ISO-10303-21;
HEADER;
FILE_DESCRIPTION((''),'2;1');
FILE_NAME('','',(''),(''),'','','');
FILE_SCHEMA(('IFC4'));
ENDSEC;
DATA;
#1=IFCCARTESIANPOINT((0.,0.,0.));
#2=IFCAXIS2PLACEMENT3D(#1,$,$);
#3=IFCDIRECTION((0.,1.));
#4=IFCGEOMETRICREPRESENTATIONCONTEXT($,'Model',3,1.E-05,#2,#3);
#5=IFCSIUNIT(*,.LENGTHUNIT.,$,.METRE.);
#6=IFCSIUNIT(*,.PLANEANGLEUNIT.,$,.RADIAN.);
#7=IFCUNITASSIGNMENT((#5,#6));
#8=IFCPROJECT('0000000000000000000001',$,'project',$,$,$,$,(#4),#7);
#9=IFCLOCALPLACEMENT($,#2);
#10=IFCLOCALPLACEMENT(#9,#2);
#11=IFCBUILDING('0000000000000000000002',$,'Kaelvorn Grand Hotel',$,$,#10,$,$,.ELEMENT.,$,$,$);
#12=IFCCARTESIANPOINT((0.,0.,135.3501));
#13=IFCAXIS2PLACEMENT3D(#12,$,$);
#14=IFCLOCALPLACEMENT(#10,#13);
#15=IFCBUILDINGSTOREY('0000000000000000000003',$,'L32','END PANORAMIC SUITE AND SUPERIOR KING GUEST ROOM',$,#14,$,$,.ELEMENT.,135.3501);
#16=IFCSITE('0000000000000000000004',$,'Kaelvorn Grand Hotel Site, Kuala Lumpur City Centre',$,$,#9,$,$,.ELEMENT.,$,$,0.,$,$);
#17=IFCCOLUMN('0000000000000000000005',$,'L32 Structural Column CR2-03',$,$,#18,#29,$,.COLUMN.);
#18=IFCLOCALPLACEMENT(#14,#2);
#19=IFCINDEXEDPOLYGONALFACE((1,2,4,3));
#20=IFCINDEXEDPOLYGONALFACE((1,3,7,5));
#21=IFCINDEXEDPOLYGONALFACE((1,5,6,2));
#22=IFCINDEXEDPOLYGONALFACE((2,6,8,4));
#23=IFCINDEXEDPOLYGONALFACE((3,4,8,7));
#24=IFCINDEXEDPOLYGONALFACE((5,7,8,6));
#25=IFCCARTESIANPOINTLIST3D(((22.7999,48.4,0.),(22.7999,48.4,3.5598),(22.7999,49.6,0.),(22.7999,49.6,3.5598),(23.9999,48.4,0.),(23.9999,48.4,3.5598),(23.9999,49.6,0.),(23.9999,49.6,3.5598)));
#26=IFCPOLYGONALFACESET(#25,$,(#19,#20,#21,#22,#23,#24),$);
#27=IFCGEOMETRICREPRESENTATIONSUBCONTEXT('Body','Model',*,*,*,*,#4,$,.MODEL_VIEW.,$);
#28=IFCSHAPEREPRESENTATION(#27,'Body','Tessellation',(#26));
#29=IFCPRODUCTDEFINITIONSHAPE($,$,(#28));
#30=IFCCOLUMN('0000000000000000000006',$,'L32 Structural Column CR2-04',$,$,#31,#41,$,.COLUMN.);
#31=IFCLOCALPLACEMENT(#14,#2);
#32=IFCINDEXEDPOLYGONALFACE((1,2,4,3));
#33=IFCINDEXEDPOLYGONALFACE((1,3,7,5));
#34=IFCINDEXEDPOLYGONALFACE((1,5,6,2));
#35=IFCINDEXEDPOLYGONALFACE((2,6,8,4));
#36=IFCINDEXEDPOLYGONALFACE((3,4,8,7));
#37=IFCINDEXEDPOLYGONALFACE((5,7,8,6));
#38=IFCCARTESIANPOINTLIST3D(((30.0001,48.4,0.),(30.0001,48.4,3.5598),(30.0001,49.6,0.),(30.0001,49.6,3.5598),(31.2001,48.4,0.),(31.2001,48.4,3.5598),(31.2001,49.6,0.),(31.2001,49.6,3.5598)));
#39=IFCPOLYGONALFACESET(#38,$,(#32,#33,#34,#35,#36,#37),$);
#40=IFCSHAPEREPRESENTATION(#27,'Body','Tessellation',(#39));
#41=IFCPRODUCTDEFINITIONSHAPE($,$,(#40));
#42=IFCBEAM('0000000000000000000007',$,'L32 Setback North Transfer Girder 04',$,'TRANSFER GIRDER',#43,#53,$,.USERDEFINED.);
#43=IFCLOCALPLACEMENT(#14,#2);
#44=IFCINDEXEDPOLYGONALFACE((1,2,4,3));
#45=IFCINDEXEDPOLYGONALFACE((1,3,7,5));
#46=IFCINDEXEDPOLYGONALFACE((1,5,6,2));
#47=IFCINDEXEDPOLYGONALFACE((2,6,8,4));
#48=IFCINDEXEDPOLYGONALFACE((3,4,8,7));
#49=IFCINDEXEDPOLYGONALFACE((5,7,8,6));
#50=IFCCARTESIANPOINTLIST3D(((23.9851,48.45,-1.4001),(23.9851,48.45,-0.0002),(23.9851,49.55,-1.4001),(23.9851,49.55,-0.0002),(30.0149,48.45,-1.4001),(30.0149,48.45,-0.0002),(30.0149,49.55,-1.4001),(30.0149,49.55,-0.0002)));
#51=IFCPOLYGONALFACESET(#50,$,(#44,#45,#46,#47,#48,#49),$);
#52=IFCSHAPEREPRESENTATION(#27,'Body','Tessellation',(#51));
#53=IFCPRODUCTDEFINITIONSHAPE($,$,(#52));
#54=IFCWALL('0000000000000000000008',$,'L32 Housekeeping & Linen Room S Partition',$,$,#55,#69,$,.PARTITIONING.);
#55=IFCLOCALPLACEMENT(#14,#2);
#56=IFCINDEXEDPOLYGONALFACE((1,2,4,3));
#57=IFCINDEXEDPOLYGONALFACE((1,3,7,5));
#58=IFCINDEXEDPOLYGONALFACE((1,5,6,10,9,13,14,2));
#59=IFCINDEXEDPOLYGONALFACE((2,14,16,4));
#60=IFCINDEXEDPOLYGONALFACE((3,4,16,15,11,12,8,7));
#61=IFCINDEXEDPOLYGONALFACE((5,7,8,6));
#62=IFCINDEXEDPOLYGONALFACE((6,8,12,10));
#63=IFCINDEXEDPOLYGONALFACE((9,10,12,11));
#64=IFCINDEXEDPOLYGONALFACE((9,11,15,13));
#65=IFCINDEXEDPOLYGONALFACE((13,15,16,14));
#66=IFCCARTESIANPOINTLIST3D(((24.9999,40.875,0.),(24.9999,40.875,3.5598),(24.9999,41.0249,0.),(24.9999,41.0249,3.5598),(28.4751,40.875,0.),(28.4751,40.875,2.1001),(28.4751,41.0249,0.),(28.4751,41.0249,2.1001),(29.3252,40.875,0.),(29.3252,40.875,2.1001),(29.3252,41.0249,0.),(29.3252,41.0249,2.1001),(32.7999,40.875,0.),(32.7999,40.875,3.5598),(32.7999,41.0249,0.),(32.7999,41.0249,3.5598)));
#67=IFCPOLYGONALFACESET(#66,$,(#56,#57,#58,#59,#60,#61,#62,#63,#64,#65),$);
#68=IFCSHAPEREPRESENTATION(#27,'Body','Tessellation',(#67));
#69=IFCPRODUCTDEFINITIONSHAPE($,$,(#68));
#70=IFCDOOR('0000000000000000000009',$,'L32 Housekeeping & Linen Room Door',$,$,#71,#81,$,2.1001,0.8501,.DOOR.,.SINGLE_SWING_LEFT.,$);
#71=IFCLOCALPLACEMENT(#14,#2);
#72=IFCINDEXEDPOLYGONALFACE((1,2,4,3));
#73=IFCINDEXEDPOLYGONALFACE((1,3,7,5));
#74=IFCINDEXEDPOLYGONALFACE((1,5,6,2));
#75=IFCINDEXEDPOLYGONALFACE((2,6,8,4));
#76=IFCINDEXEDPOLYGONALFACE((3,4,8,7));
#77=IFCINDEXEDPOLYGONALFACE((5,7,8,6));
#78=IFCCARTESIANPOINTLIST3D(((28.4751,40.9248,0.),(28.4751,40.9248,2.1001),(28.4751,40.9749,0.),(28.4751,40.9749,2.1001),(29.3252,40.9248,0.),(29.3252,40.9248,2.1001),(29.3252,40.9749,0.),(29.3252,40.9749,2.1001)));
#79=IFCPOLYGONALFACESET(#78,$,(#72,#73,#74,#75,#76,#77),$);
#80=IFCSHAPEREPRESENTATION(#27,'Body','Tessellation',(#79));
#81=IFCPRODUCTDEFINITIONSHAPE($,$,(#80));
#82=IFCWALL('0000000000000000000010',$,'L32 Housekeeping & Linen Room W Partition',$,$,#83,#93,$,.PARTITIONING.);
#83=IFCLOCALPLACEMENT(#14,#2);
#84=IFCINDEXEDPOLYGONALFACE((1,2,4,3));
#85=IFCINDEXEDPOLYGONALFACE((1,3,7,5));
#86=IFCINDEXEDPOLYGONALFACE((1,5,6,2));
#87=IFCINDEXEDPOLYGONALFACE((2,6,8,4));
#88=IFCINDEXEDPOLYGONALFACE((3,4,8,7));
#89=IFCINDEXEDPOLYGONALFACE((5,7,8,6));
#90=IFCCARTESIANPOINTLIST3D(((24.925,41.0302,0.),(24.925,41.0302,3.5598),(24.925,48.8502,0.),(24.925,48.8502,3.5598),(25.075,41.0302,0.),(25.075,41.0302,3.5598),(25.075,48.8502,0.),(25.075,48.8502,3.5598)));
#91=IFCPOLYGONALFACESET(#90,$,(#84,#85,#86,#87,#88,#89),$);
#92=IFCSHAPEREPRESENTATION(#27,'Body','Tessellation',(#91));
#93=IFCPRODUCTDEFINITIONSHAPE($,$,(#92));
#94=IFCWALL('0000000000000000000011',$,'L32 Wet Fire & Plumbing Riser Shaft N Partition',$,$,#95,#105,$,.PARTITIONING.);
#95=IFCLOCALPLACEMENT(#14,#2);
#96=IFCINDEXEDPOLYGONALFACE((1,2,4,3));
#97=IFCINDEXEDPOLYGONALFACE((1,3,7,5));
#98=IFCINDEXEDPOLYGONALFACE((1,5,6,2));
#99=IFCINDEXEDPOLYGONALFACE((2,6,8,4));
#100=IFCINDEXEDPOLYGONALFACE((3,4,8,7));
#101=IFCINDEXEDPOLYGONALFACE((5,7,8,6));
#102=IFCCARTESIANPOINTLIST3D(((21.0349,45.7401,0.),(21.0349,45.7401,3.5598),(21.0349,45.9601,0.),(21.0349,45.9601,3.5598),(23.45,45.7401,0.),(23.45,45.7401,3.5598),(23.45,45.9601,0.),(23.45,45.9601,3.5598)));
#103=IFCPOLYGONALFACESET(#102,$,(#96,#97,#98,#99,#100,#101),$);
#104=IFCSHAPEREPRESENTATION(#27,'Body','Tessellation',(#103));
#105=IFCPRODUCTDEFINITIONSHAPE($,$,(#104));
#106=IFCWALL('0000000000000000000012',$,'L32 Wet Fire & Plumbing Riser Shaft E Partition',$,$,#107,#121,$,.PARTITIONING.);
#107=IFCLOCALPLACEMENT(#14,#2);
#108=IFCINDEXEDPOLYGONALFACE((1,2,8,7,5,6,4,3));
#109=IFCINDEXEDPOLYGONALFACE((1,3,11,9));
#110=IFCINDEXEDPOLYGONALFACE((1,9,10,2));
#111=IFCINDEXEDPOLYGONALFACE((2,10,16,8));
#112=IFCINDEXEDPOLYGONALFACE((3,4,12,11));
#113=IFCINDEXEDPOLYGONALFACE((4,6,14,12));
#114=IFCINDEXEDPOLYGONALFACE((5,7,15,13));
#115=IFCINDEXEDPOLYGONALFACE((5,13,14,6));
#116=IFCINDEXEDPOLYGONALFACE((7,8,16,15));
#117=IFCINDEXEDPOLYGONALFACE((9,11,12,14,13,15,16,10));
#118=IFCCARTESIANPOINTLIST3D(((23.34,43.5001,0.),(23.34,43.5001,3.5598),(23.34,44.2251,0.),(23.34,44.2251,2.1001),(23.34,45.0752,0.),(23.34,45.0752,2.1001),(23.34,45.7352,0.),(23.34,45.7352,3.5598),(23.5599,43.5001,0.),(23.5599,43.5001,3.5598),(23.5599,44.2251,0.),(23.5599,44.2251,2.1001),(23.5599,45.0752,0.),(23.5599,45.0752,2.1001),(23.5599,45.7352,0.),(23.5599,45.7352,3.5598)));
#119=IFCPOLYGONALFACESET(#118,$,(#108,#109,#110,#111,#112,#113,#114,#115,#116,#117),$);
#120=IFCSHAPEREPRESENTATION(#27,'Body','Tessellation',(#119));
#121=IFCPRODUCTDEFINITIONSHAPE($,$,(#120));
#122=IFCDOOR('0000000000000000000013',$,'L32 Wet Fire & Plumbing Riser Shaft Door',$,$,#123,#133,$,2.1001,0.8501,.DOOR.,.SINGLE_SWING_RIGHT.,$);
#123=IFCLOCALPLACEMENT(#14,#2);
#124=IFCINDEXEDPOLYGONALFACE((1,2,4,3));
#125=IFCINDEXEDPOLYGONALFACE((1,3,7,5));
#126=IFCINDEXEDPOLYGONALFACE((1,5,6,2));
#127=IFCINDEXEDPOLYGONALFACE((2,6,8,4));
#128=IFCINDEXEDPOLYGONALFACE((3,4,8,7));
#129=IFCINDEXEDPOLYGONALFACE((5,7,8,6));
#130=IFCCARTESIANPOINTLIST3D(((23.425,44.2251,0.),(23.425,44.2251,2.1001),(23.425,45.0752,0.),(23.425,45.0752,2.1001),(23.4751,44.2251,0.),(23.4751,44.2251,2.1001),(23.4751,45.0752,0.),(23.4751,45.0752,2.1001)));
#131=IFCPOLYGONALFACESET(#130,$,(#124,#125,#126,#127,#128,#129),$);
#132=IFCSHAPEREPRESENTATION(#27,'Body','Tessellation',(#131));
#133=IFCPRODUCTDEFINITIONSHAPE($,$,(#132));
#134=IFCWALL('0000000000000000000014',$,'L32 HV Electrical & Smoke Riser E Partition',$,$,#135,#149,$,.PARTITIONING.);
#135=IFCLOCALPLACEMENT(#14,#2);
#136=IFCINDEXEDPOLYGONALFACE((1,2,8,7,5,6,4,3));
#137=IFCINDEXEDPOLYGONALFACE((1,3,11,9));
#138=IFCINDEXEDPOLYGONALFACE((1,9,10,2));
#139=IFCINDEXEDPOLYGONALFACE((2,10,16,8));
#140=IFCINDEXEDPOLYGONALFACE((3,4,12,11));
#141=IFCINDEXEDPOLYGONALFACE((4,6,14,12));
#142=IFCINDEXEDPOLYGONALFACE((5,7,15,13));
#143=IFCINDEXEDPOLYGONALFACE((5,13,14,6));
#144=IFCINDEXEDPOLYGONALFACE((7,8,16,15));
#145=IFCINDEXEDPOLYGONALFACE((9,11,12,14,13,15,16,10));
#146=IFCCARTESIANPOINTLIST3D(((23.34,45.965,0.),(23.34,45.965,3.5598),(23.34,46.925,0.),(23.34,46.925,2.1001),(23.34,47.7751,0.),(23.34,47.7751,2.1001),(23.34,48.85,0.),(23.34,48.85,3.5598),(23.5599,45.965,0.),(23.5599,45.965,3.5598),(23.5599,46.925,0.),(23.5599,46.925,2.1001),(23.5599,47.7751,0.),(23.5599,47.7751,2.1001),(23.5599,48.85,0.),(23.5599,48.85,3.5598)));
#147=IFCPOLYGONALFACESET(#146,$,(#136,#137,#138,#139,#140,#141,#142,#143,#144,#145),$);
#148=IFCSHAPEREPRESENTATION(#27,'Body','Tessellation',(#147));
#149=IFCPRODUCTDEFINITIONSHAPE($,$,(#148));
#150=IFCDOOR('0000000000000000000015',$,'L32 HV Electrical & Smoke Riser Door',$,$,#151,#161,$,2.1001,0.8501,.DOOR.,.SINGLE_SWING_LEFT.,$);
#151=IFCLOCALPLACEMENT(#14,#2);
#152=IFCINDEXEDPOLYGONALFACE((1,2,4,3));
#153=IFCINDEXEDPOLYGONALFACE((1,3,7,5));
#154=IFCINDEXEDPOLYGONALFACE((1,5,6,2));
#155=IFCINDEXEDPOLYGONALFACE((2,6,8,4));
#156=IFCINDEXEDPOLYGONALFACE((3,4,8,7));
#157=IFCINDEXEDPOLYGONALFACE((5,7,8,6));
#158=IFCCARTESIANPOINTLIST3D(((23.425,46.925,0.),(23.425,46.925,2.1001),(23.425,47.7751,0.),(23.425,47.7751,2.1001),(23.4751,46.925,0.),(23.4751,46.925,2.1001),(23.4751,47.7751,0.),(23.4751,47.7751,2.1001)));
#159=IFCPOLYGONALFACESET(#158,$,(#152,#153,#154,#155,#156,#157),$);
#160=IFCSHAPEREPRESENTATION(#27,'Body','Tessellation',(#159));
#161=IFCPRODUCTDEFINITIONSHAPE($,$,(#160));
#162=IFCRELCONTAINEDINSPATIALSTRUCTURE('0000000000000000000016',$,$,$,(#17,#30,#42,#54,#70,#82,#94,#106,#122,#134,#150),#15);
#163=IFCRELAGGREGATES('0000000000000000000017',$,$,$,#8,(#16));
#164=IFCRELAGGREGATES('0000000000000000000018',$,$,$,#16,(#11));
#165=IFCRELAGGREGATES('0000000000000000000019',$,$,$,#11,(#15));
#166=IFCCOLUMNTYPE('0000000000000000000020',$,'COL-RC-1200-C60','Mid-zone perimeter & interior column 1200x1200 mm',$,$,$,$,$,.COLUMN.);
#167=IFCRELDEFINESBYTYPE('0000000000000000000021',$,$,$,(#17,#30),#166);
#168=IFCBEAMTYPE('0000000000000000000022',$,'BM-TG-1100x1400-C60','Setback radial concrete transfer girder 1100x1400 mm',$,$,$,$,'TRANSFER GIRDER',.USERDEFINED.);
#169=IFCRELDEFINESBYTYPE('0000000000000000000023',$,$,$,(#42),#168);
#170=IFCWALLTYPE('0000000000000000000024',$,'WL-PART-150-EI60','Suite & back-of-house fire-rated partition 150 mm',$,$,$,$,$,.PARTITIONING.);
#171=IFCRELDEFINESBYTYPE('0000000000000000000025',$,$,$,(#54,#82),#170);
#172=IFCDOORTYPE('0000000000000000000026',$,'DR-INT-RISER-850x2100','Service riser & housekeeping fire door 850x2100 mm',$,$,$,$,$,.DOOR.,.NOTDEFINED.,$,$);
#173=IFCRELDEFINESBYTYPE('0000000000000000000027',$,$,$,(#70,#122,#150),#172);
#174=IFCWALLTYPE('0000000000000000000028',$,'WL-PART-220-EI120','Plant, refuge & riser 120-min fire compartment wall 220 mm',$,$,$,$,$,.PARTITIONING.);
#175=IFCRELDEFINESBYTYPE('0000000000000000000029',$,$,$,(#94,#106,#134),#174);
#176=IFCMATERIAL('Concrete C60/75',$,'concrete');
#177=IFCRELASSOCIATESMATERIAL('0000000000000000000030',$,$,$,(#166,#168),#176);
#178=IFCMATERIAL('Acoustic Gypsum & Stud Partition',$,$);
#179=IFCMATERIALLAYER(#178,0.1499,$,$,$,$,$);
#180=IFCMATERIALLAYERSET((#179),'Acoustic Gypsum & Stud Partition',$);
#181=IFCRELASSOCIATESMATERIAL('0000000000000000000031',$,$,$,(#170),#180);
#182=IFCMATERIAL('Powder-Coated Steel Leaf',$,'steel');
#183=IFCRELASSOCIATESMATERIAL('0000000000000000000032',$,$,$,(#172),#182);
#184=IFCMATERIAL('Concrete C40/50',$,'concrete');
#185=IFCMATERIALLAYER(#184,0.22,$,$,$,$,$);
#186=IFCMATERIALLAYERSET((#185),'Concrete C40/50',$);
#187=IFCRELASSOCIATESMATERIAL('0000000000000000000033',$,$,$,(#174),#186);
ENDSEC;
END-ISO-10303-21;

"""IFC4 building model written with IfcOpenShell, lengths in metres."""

from ifc_helpers import new_model, si_unit, direction, frame, frame_2d, origin, origin_2d, place, context, subcontext, project, spatial, rectangle, extrude, material, layer, layer_set, material_profile, profile_set, type_object, element, fill, save


model = new_model("IFC4")

# Units and contexts
model_context = context("Model", 3, precision=1e-05, world=origin(), true_north=direction((0.0, 1.0)))
body_context = subcontext(model_context, "Body", "Model", "MODEL_VIEW")
ifc_project = project(units=[si_unit("LENGTHUNIT", "METRE"), si_unit("PLANEANGLEUNIT", "RADIAN")], contexts=[model_context])

# Site, building, storey
site_placement = place(None, origin())
site = spatial("IfcSite", under=ifc_project, at=site_placement, Name="Kaelvorn Grand Hotel Site, Kuala Lumpur City Centre", CompositionType="ELEMENT", RefElevation=0.0)
building_placement = place(site_placement, origin())
building = spatial("IfcBuilding", under=site, at=building_placement, Name="Kaelvorn Grand Hotel", CompositionType="ELEMENT")
storey_placement = place(building_placement, frame((0.0, 0.0, 135.3501)))
storey = spatial("IfcBuildingStorey", under=building, at=storey_placement, Name="L32", Description="END PANORAMIC SUITE AND SUPERIOR KING GUEST ROOM", CompositionType="ELEMENT", Elevation=135.3501)

# Columns
ifc_material_1 = material(Name="Concrete C60/75", Category="concrete")
ifc_material_profile_1 = material_profile(ifc_material_1, rectangle(XDim=1.2, YDim=1.2, at=origin_2d()), Name="RC COL 1200x1200")
ifc_profile_set_1 = profile_set([ifc_material_profile_1], Name="Concrete C60/75")
column_type = type_object("IfcColumnType", Name="COL-RC-1200-C60", Description="Mid-zone perimeter & interior column 1200x1200 mm", PredefinedType="COLUMN", material=ifc_profile_set_1)
for number, where, z_axis, x_axis, name in (
    (1, (23.3999, 49.0, 0.0), (0.0, 0.0, 1.0), (1.0, 0.0, 0.0), "L32 Structural Column CR2-03"),
    (2, (30.6001, 49.0, 0.0), (0.0, 0.0, 1.0), (1.0, 0.0, 0.0), "L32 Structural Column CR2-04"),
):
    element("IfcColumn", number, at=place(storey_placement, frame(where, z_axis=z_axis, x_axis=x_axis)), inside=storey, type_object=column_type, Name=name, PredefinedType="COLUMN", context=body_context, shape_type="SweptSolid", body=[
        extrude(rectangle(XDim=1.2, YDim=1.2, at=origin_2d()), origin(), (0.0, 0.0, 1.0), 3.5598),
    ])

# Beam
ifc_material_profile_2 = material_profile(ifc_material_1, rectangle(XDim=1.1001, YDim=1.3999, at=origin_2d()), Name="RC TG 1100x1400")
ifc_profile_set_2 = profile_set([ifc_material_profile_2], Name="Concrete C60/75")
beam_type = type_object("IfcBeamType", Name="BM-TG-1100x1400-C60", Description="Setback radial concrete transfer girder 1100x1400 mm", ElementType="TRANSFER GIRDER", PredefinedType="USERDEFINED", material=ifc_profile_set_2)
beam_placement = place(storey_placement, frame((23.9851, 49.0, -0.7002), z_axis=(1.0, 0.0, 0.0), x_axis=(0.0, 1.0, 0.0)))
element("IfcBeam", 3, at=beam_placement, inside=storey, type_object=beam_type, Name="L32 Setback North Transfer Girder 04", ObjectType="TRANSFER GIRDER", PredefinedType="USERDEFINED", context=body_context, shape_type="SweptSolid", body=[
    extrude(rectangle(XDim=1.1001, YDim=1.3999, at=origin_2d()), origin(), (0.0, 0.0, 1.0), 6.0298),
])

# Wall, opening, door
ifc_material_2 = material(Name="Acoustic Gypsum & Stud Partition")
ifc_layer_1 = layer(ifc_material_2, 0.1499)
ifc_layer_set_1 = layer_set([ifc_layer_1], Name="Acoustic Gypsum & Stud Partition")
wall_type_1 = type_object("IfcWallType", Name="WL-PART-150-EI60", Description="Suite & back-of-house fire-rated partition 150 mm", PredefinedType="PARTITIONING", material=ifc_layer_set_1)
wall_1_placement = place(storey_placement, frame((25.0, 40.95, 0.0), z_axis=(0.0, 0.0, 1.0), x_axis=(1.0, 0.0, 0.0)))
wall_1 = element("IfcWall", 4, at=wall_1_placement, inside=storey, type_object=wall_type_1, Name="L32 Housekeeping & Linen Room S Partition", PredefinedType="PARTITIONING", context=body_context, shape_type="SweptSolid", body=[
    extrude(rectangle(XDim=7.8, YDim=0.1499, at=frame_2d((3.8999, 0.0))), origin(), (0.0, 0.0, 1.0), 3.5598),
])
opening_1_placement = place(wall_1_placement, frame((3.4751, 0.0, 0.0)))
opening_1 = element("IfcOpeningElement", 5, at=opening_1_placement, cuts=wall_1, PredefinedType="OPENING", context=body_context, shape_type="SweptSolid", body=[
    extrude(rectangle(XDim=0.8501, YDim=2.1001, at=frame_2d((0.425, 1.05))), frame((0.0, 0.085, 0.0), z_axis=(0.0, -1.0, 0.0), x_axis=(1.0, 0.0, 0.0)), (0.0, 0.0, 1.0), 0.1699),
])
ifc_material_3 = material(Name="Powder-Coated Steel Leaf", Category="steel")
door_type_1 = type_object("IfcDoorType", Name="DR-INT-RISER-850x2100", Description="Service riser & housekeeping fire door 850x2100 mm", OperationType="NOTDEFINED", PredefinedType="DOOR", material=ifc_material_3)
door_1_placement = place(opening_1_placement, origin())
door_1 = element("IfcDoor", 6, at=door_1_placement, inside=storey, type_object=door_type_1, Name="L32 Housekeeping & Linen Room Door", OperationType="SINGLE_SWING_LEFT", OverallHeight=2.1001, OverallWidth=0.8501, PredefinedType="DOOR", context=body_context, shape_type="SweptSolid", body=[
    extrude(rectangle(XDim=0.8501, YDim=2.1001, at=frame_2d((0.425, 1.05))), frame((0.0, 0.0249, 0.0), z_axis=(0.0, -1.0, 0.0), x_axis=(1.0, 0.0, 0.0)), (0.0, 0.0, 1.0), 0.05),
])
fill(opening_1, door_1)

# Walls
wall_2_placement = place(storey_placement, frame((25.0, 41.03, 0.0), z_axis=(0.0, 0.0, 1.0), x_axis=(0.0, 1.0, 0.0)))
element("IfcWall", 7, at=wall_2_placement, inside=storey, type_object=wall_type_1, Name="L32 Housekeeping & Linen Room W Partition", PredefinedType="PARTITIONING", context=body_context, shape_type="SweptSolid", body=[
    extrude(rectangle(XDim=7.8201, YDim=0.1499, at=frame_2d((3.9102, 0.0))), origin(), (0.0, 0.0, 1.0), 3.5598),
])
ifc_material_4 = material(Name="Concrete C40/50", Category="concrete")
ifc_layer_2 = layer(ifc_material_4, 0.22)
ifc_layer_set_2 = layer_set([ifc_layer_2], Name="Concrete C40/50")
wall_type_2 = type_object("IfcWallType", Name="WL-PART-220-EI120", Description="Plant, refuge & riser 120-min fire compartment wall 220 mm", PredefinedType="PARTITIONING", material=ifc_layer_set_2)
wall_3_placement = place(storey_placement, frame((21.0349, 45.8501, 0.0), z_axis=(0.0, 0.0, 1.0), x_axis=(1.0, 0.0, 0.0)))
element("IfcWall", 8, at=wall_3_placement, inside=storey, type_object=wall_type_2, Name="L32 Wet Fire & Plumbing Riser Shaft N Partition", PredefinedType="PARTITIONING", context=body_context, shape_type="SweptSolid", body=[
    extrude(rectangle(XDim=2.415, YDim=0.22, at=frame_2d((1.2075, 0.0))), origin(), (0.0, 0.0, 1.0), 3.5598),
])

# Walls, openings, doors
wall_4_placement = place(storey_placement, frame((23.45, 43.5, 0.0), z_axis=(0.0, 0.0, 1.0), x_axis=(0.0, 1.0, 0.0)))
wall_4 = element("IfcWall", 9, at=wall_4_placement, inside=storey, type_object=wall_type_2, Name="L32 Wet Fire & Plumbing Riser Shaft E Partition", PredefinedType="PARTITIONING", context=body_context, shape_type="SweptSolid", body=[
    extrude(rectangle(XDim=2.2351, YDim=0.22, at=frame_2d((1.1177, 0.0))), origin(), (0.0, 0.0, 1.0), 3.5598),
])
opening_2_placement = place(wall_4_placement, frame((0.7251, 0.0, 0.0)))
opening_2 = element("IfcOpeningElement", 10, at=opening_2_placement, cuts=wall_4, PredefinedType="OPENING", context=body_context, shape_type="SweptSolid", body=[
    extrude(rectangle(XDim=0.8501, YDim=2.1001, at=frame_2d((0.425, 1.05))), frame((0.0, 0.1201, 0.0), z_axis=(0.0, -1.0, 0.0), x_axis=(1.0, 0.0, 0.0)), (0.0, 0.0, 1.0), 0.24),
])
door_2_placement = place(opening_2_placement, origin())
door_2 = element("IfcDoor", 11, at=door_2_placement, inside=storey, type_object=door_type_1, Name="L32 Wet Fire & Plumbing Riser Shaft Door", OperationType="SINGLE_SWING_RIGHT", OverallHeight=2.1001, OverallWidth=0.8501, PredefinedType="DOOR", context=body_context, shape_type="SweptSolid", body=[
    extrude(rectangle(XDim=0.8501, YDim=2.1001, at=frame_2d((0.425, 1.05))), frame((0.0, 0.0249, 0.0), z_axis=(0.0, -1.0, 0.0), x_axis=(1.0, 0.0, 0.0)), (0.0, 0.0, 1.0), 0.05),
])
fill(opening_2, door_2)
wall_5_placement = place(storey_placement, frame((23.45, 45.9651, 0.0), z_axis=(0.0, 0.0, 1.0), x_axis=(0.0, 1.0, 0.0)))
wall_5 = element("IfcWall", 12, at=wall_5_placement, inside=storey, type_object=wall_type_2, Name="L32 HV Electrical & Smoke Riser E Partition", PredefinedType="PARTITIONING", context=body_context, shape_type="SweptSolid", body=[
    extrude(rectangle(XDim=2.885, YDim=0.22, at=frame_2d((1.4424, 0.0))), origin(), (0.0, 0.0, 1.0), 3.5598),
])
opening_3_placement = place(wall_5_placement, frame((0.96, 0.0, 0.0)))
opening_3 = element("IfcOpeningElement", 13, at=opening_3_placement, cuts=wall_5, PredefinedType="OPENING", context=body_context, shape_type="SweptSolid", body=[
    extrude(rectangle(XDim=0.8501, YDim=2.1001, at=frame_2d((0.425, 1.05))), frame((0.0, 0.1201, 0.0), z_axis=(0.0, -1.0, 0.0), x_axis=(1.0, 0.0, 0.0)), (0.0, 0.0, 1.0), 0.24),
])
door_3_placement = place(opening_3_placement, origin())
door_3 = element("IfcDoor", 14, at=door_3_placement, inside=storey, type_object=door_type_1, Name="L32 HV Electrical & Smoke Riser Door", OperationType="SINGLE_SWING_LEFT", OverallHeight=2.1001, OverallWidth=0.8501, PredefinedType="DOOR", context=body_context, shape_type="SweptSolid", body=[
    extrude(rectangle(XDim=0.8501, YDim=2.1001, at=frame_2d((0.425, 1.05))), frame((0.0, 0.0249, 0.0), z_axis=(0.0, -1.0, 0.0), x_axis=(1.0, 0.0, 0.0)), (0.0, 0.0, 1.0), 0.05),
])
fill(opening_3, door_3)

save(model, "model.ifc")
